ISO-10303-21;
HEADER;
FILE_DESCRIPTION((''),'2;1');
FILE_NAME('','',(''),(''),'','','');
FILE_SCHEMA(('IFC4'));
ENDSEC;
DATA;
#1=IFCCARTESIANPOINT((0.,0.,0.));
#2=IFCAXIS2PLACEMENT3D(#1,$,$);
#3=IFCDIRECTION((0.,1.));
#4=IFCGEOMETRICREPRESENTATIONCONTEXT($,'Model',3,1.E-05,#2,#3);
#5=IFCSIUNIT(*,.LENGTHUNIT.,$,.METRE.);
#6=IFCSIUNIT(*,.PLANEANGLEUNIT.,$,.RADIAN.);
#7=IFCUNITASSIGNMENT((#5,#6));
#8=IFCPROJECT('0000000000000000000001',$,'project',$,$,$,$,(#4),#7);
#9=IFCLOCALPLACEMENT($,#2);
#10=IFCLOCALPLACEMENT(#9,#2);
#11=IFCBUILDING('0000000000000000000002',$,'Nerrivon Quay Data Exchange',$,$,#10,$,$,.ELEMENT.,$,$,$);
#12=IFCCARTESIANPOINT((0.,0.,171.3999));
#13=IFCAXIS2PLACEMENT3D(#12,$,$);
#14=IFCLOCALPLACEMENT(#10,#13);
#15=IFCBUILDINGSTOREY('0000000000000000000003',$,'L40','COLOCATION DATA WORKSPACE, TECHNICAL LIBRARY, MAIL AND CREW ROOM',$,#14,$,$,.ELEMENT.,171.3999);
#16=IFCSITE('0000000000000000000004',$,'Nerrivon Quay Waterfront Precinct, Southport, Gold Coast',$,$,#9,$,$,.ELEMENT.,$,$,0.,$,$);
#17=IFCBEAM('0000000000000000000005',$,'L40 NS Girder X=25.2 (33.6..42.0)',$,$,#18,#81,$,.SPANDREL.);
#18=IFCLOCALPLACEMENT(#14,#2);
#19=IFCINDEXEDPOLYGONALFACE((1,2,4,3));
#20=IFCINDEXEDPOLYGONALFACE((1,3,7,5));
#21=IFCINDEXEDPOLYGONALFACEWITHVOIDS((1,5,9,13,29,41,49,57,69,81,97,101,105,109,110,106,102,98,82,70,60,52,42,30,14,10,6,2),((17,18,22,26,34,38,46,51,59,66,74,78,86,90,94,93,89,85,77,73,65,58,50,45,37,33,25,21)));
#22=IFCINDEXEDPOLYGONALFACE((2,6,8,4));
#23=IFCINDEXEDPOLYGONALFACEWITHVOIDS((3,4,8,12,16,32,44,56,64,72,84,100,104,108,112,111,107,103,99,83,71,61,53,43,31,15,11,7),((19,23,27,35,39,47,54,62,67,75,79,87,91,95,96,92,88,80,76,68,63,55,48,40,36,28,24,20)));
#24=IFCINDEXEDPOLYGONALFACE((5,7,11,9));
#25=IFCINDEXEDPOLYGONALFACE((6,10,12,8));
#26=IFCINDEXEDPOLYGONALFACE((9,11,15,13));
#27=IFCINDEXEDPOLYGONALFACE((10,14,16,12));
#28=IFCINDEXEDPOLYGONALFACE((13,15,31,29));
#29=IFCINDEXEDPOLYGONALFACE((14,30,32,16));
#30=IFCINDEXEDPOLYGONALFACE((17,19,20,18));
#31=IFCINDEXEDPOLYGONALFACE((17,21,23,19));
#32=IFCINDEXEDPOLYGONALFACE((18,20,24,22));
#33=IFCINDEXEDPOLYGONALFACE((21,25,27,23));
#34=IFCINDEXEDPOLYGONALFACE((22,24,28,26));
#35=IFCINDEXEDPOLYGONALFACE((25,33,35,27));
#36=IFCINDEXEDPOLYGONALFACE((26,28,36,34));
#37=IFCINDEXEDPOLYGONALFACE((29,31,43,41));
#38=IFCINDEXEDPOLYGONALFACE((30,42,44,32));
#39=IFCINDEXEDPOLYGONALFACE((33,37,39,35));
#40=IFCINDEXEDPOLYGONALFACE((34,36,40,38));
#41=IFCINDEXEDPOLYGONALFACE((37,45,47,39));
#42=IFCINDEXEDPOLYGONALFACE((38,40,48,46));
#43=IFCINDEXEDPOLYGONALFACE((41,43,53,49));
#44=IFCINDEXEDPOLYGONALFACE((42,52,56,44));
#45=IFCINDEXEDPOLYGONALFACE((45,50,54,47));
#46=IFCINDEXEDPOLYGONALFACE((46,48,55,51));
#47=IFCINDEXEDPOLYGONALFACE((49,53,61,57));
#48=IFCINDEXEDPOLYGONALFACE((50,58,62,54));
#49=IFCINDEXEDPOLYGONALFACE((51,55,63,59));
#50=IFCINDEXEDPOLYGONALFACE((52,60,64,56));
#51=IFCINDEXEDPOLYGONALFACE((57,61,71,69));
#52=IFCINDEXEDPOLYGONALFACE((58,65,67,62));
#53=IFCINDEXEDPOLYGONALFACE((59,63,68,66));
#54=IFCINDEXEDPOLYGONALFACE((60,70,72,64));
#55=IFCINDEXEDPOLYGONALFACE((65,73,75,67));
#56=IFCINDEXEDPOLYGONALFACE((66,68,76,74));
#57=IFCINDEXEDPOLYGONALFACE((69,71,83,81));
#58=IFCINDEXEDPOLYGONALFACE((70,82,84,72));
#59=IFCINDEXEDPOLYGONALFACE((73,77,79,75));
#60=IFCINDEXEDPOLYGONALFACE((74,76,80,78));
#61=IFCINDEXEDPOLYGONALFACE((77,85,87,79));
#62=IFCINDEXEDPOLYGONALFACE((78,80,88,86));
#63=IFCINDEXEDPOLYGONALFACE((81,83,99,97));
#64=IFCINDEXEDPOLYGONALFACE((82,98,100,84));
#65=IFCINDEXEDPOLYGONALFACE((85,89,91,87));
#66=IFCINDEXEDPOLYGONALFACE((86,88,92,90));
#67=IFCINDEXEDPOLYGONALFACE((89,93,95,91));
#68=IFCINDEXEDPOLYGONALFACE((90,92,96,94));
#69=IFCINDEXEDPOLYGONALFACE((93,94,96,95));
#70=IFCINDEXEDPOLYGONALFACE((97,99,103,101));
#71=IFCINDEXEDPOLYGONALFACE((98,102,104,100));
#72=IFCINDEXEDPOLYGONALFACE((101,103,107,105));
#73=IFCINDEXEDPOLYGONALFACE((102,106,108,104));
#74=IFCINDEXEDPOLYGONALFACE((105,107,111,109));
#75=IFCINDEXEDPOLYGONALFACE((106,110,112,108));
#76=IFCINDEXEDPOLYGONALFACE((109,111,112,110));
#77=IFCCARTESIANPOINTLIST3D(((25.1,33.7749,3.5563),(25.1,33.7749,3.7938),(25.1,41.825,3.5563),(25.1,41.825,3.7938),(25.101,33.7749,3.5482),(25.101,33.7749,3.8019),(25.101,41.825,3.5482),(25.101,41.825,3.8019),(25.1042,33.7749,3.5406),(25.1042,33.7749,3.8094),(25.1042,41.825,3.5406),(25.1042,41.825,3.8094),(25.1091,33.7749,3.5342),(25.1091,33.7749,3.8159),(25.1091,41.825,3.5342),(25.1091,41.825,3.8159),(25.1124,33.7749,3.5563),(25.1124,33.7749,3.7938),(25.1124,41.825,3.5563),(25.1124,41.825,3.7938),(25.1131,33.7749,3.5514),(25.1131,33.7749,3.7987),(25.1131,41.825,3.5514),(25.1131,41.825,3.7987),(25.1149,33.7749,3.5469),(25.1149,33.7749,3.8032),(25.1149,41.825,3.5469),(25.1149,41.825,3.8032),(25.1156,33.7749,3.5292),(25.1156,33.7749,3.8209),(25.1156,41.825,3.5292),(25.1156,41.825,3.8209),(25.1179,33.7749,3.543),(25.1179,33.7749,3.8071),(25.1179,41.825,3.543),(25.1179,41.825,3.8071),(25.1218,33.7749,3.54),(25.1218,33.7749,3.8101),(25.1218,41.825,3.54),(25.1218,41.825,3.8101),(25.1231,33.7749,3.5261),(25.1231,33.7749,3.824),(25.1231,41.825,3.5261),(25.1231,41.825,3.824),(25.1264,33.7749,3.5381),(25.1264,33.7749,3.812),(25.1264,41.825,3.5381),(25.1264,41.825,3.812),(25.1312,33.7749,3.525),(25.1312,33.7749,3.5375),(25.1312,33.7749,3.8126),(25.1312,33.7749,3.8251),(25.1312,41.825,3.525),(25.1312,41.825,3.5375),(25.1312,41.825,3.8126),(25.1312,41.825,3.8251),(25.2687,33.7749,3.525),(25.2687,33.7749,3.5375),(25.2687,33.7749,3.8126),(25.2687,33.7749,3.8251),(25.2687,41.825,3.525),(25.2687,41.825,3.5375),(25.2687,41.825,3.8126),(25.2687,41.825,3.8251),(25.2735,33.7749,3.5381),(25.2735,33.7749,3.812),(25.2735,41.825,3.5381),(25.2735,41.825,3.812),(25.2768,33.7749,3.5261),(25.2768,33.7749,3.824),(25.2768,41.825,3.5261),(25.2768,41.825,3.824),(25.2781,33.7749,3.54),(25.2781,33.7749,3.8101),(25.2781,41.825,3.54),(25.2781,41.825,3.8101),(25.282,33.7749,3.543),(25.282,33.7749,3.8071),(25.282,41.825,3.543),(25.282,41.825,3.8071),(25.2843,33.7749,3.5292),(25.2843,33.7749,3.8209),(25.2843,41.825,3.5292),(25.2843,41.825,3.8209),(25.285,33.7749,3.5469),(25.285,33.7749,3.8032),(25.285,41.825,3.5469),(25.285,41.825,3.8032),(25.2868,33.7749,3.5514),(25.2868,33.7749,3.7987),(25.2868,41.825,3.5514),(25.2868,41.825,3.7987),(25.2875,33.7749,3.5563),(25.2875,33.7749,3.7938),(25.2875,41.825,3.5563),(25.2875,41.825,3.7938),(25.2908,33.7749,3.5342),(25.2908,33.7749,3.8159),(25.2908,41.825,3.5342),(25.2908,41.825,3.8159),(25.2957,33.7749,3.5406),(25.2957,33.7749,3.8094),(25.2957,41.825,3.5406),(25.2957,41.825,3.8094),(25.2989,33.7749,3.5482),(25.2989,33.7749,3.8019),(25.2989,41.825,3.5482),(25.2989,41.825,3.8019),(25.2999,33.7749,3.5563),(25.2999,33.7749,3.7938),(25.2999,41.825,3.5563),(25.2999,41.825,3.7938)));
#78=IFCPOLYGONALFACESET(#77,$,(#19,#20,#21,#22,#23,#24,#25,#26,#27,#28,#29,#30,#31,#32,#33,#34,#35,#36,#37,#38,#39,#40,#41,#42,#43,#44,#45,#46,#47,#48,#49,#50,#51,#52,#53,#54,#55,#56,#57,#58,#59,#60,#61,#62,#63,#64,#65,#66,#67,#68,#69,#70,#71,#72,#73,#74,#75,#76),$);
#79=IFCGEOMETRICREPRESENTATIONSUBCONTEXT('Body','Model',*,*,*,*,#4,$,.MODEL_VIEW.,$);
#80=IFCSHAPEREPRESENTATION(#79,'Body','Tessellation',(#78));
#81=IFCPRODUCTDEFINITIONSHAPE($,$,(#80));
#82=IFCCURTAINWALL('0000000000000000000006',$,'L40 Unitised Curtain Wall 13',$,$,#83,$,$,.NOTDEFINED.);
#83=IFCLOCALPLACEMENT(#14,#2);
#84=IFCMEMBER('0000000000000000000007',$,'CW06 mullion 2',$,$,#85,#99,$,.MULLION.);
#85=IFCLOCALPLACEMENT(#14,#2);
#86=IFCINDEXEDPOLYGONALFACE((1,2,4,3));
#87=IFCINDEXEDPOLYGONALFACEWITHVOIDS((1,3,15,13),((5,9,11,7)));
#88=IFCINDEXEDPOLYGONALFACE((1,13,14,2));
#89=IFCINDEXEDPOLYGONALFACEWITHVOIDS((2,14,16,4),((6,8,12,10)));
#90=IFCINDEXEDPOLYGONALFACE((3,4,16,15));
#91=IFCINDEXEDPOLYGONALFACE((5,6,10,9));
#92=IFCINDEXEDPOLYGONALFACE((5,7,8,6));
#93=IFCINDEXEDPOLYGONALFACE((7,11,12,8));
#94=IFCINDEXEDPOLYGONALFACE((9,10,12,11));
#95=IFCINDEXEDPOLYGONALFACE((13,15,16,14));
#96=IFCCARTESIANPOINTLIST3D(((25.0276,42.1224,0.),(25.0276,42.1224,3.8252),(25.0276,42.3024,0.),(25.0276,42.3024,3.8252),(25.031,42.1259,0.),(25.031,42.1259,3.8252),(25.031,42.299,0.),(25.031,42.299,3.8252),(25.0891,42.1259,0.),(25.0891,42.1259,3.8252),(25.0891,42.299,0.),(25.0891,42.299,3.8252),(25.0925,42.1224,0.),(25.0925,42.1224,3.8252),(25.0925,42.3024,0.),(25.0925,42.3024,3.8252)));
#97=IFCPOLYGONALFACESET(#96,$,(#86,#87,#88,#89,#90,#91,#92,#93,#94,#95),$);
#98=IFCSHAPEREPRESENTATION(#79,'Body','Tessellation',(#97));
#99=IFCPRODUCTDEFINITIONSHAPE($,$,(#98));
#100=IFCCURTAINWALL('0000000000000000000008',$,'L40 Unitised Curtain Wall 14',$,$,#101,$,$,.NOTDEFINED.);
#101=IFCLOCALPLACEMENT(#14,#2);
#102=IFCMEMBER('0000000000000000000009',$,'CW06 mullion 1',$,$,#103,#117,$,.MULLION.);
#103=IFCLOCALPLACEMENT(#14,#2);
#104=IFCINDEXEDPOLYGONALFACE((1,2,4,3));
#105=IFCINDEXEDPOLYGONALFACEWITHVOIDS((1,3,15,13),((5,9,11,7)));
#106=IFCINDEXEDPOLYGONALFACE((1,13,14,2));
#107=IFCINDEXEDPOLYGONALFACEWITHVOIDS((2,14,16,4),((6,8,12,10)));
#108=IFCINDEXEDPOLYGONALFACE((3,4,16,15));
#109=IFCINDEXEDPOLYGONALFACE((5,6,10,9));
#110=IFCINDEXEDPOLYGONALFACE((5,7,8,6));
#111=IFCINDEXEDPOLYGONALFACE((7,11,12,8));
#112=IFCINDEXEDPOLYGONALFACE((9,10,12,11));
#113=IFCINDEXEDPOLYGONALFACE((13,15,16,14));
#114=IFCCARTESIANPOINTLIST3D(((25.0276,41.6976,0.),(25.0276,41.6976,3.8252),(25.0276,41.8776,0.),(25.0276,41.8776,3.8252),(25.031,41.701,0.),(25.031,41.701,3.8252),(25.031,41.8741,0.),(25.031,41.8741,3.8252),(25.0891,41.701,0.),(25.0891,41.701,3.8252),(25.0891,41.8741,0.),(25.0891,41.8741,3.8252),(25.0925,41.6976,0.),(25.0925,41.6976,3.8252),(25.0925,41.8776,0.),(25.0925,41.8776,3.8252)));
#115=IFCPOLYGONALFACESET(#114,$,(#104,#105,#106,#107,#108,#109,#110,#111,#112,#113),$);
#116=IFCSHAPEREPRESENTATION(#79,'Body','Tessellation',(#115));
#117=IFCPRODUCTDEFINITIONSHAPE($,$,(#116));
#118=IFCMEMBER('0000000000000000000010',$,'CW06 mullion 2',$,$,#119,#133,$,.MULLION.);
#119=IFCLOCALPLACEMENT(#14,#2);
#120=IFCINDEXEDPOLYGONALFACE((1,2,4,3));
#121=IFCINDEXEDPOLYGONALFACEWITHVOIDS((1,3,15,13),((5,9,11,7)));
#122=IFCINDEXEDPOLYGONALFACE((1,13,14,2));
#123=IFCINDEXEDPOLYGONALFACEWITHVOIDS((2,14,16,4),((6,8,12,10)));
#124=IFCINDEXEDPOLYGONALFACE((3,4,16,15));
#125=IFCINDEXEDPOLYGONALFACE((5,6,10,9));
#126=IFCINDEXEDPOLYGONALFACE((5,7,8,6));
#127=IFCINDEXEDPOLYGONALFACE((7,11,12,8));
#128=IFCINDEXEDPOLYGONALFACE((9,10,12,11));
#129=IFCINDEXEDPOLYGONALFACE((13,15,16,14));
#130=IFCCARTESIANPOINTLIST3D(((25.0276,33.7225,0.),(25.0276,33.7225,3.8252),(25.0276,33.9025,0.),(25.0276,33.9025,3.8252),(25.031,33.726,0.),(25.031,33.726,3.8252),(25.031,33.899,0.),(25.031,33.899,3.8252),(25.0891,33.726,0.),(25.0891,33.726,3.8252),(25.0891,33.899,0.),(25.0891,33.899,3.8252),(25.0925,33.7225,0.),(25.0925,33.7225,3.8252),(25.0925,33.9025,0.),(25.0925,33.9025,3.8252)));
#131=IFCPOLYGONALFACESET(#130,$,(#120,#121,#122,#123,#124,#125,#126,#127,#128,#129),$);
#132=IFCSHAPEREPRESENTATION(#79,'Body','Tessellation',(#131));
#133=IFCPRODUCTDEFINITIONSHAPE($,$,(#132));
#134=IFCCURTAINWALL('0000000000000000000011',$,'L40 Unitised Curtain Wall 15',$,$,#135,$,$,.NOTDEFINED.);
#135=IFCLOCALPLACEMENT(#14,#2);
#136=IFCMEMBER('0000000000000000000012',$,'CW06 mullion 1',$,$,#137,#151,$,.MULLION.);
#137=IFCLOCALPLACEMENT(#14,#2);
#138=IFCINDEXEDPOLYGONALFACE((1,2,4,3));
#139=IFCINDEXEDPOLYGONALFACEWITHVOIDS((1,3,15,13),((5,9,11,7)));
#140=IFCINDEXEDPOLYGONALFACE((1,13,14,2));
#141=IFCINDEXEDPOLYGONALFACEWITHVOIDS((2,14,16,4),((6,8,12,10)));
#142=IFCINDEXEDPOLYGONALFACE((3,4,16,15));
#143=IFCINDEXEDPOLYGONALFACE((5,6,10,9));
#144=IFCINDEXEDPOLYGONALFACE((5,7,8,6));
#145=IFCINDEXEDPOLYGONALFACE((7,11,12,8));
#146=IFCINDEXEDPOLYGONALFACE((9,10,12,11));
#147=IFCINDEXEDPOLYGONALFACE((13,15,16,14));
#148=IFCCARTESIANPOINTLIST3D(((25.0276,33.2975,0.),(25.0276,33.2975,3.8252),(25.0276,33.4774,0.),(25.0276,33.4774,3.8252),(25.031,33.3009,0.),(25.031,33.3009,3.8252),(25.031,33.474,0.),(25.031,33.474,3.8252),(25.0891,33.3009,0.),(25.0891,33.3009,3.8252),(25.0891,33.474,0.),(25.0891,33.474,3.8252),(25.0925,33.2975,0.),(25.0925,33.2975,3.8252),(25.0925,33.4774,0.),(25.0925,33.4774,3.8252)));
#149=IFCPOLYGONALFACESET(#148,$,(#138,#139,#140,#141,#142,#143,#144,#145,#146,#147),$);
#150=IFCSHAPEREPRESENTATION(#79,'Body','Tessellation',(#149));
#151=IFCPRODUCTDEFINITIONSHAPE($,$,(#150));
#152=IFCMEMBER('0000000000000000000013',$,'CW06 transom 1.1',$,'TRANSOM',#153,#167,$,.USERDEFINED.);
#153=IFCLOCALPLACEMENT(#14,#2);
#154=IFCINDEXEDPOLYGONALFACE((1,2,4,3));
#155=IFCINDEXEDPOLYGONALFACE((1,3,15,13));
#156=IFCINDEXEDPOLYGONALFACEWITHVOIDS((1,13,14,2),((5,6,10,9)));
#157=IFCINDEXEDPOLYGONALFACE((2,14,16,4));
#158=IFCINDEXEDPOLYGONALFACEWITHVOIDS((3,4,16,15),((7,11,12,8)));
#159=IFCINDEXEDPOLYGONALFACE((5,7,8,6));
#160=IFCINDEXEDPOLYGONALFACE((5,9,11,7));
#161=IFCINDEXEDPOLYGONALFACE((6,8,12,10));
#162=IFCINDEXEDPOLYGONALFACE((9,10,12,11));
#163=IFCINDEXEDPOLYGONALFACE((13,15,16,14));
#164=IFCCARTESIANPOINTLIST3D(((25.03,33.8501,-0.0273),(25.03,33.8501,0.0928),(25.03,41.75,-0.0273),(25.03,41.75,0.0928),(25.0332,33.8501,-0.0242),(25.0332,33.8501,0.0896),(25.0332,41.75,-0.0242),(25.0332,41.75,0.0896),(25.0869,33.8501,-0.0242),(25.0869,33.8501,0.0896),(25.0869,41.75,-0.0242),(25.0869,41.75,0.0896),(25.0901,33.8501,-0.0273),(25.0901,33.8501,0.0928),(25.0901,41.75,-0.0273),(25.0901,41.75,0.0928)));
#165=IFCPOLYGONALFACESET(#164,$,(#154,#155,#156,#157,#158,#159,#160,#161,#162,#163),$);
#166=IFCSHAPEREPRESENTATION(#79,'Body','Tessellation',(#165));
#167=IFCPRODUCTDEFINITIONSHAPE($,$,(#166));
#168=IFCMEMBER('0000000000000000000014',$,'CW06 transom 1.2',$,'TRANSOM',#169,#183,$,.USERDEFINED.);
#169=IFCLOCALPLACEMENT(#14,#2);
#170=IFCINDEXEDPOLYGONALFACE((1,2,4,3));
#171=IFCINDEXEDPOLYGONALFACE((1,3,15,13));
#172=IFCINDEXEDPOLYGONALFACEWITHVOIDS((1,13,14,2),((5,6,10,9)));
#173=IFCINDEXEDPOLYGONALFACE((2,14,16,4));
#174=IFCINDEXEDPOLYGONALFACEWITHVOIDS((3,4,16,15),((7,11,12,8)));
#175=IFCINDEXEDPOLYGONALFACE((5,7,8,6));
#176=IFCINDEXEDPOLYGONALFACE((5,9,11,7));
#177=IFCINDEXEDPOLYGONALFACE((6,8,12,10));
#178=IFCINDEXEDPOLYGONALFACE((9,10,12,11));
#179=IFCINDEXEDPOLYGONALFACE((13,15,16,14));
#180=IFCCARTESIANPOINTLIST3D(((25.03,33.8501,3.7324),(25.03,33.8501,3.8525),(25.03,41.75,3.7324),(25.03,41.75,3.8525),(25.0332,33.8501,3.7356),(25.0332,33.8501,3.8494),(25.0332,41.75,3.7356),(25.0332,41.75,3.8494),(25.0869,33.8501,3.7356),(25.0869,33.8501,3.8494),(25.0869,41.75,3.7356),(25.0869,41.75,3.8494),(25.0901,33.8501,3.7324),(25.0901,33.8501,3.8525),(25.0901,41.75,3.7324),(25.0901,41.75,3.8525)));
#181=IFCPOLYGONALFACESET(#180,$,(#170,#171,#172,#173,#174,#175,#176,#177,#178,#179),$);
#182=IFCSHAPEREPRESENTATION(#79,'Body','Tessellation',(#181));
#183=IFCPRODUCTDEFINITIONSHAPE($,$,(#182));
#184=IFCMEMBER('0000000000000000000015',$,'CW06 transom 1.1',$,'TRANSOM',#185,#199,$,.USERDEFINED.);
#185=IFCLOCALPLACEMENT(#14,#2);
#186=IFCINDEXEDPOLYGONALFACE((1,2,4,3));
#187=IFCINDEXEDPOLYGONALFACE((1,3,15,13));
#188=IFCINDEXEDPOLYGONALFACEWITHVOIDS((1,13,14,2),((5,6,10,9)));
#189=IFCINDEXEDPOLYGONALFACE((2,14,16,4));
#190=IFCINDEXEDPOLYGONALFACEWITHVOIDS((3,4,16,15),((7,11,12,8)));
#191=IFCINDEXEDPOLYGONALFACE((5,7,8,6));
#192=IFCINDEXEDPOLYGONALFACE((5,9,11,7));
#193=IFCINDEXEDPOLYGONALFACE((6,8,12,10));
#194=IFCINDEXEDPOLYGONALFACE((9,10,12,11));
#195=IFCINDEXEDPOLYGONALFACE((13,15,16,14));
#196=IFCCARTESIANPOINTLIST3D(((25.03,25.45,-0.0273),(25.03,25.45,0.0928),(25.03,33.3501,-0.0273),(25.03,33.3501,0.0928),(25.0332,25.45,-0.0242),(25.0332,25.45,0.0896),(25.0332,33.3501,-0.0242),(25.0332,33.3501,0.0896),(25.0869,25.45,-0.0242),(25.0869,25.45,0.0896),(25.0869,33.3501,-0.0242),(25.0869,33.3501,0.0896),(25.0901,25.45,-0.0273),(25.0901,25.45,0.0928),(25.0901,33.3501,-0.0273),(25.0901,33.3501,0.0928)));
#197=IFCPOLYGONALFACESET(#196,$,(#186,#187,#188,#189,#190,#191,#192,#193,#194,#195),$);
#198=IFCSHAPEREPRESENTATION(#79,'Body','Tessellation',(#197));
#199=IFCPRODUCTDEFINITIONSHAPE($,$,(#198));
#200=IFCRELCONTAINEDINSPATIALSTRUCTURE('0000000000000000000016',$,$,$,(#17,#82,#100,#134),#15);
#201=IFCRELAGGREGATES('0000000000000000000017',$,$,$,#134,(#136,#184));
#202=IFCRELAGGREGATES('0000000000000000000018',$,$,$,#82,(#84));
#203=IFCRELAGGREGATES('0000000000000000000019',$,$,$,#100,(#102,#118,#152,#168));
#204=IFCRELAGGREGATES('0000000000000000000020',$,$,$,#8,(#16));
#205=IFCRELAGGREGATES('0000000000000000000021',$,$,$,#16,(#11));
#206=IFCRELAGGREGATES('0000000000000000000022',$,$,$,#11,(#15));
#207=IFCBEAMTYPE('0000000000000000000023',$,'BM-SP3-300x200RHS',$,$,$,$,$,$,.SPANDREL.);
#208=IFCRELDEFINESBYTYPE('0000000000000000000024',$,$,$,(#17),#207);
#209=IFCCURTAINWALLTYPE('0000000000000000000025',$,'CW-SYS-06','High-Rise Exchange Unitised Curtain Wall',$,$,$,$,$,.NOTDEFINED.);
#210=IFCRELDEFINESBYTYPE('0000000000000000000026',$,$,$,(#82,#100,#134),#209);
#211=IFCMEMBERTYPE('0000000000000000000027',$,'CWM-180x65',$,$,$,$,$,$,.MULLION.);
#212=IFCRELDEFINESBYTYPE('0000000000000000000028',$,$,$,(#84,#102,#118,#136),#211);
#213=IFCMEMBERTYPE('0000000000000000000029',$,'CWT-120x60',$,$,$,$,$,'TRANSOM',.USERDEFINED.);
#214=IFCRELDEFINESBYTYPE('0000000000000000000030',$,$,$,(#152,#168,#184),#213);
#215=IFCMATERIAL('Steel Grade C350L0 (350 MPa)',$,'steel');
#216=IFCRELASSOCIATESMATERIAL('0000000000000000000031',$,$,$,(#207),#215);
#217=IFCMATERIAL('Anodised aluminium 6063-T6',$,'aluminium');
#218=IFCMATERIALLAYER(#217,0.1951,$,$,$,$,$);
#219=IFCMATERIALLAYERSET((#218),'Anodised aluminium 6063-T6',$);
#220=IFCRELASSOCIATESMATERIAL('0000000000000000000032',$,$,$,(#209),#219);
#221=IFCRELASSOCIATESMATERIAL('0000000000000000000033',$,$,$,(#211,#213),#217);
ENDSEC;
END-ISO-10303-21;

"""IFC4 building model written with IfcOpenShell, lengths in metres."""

from ifc_helpers import new_model, si_unit, direction, frame, origin, origin_2d, place, context, subcontext, project, spatial, hollow_rectangle, extrude, material, layer, layer_set, material_profile, profile_set, type_object, element, aggregate, save


model = new_model("IFC4")

# Units and contexts
model_context = context("Model", 3, precision=1e-05, world=origin(), true_north=direction((0.0, 1.0)))
body_context = subcontext(model_context, "Body", "Model", "MODEL_VIEW")
ifc_project = project(units=[si_unit("LENGTHUNIT", "METRE"), si_unit("PLANEANGLEUNIT", "RADIAN")], contexts=[model_context])

# Site, building, storey
site_placement = place(None, origin())
site = spatial("IfcSite", under=ifc_project, at=site_placement, Name="Nerrivon Quay Waterfront Precinct, Southport, Gold Coast", CompositionType="ELEMENT", RefElevation=0.0)
building_placement = place(site_placement, origin())
building = spatial("IfcBuilding", under=site, at=building_placement, Name="Nerrivon Quay Data Exchange", CompositionType="ELEMENT")
storey_placement = place(building_placement, frame((0.0, 0.0, 171.3999)))
storey = spatial("IfcBuildingStorey", under=building, at=storey_placement, Name="L40", Description="COLOCATION DATA WORKSPACE, TECHNICAL LIBRARY, MAIL AND CREW ROOM", CompositionType="ELEMENT", Elevation=171.3999)

# Beam
ifc_material_1 = material(Name="Steel Grade C350L0 (350 MPa)", Category="steel")
ifc_material_profile_1 = material_profile(ifc_material_1, hollow_rectangle(XDim=0.2, YDim=0.3, WallThickness=0.0125, InnerFilletRadius=0.0188, OuterFilletRadius=0.0312, at=origin_2d()), Name="300x200x12.5RHS")
ifc_profile_set_1 = profile_set([ifc_material_profile_1], Name="Steel Grade C350L0 (350 MPa)")
beam_type_1 = type_object("IfcBeamType", Name="BM-SP3-300x200RHS", PredefinedType="SPANDREL", material=ifc_profile_set_1)
beam_1_placement = place(storey_placement, frame((25.2, 33.7749, 3.675), z_axis=(0.0, 1.0, 0.0), x_axis=(-1.0, 0.0, 0.0)))
element("IfcBeam", 1, at=beam_1_placement, inside=storey, type_object=beam_type_1, Name="L40 NS Girder X=25.2 (33.6..42.0)", PredefinedType="SPANDREL", context=body_context, shape_type="SweptSolid", body=[
    extrude(hollow_rectangle(XDim=0.2, YDim=0.3, WallThickness=0.0125, InnerFilletRadius=0.0188, OuterFilletRadius=0.0312, at=origin_2d()), origin(), (0.0, 0.0, 1.0), 8.05),
])

# Curtain wall, member
ifc_material_2 = material(Name="Anodised aluminium 6063-T6", Category="aluminium")
ifc_layer_1 = layer(ifc_material_2, 0.1951)
ifc_layer_set_1 = layer_set([ifc_layer_1], Name="Anodised aluminium 6063-T6")
curtain_wall_type = type_object("IfcCurtainWallType", Name="CW-SYS-06", Description="High-Rise Exchange Unitised Curtain Wall", PredefinedType="NOTDEFINED", material=ifc_layer_set_1)
curtain_wall_1_placement = place(storey_placement, origin())
curtain_wall_1 = element("IfcCurtainWall", 2, at=curtain_wall_1_placement, inside=storey, type_object=curtain_wall_type, Name="L40 Unitised Curtain Wall 13", PredefinedType="NOTDEFINED")
ifc_material_profile_2 = material_profile(ifc_material_2, hollow_rectangle(XDim=0.0649, YDim=0.1799, WallThickness=0.0034, at=origin_2d()), Name="ALU-MULL-180x65")
ifc_profile_set_2 = profile_set([ifc_material_profile_2], Name="Anodised aluminium 6063-T6")
member_type_1 = type_object("IfcMemberType", Name="CWM-180x65", PredefinedType="MULLION", material=ifc_profile_set_2)
member_1_placement = place(storey_placement, frame((25.0601, 42.2124, 0.0), z_axis=(0.0, 0.0, 1.0), x_axis=(1.0, 0.0, 0.0)))
member_1 = element("IfcMember", 3, at=member_1_placement, type_object=member_type_1, Name="CW06 mullion 2", PredefinedType="MULLION", context=body_context, shape_type="SweptSolid", body=[
    extrude(hollow_rectangle(XDim=0.0649, YDim=0.1799, WallThickness=0.0034, at=origin_2d()), origin(), (0.0, 0.0, 1.0), 3.8252),
])

# Curtain wall, members
curtain_wall_2_placement = place(storey_placement, origin())
curtain_wall_2 = element("IfcCurtainWall", 4, at=curtain_wall_2_placement, inside=storey, type_object=curtain_wall_type, Name="L40 Unitised Curtain Wall 14", PredefinedType="NOTDEFINED")
member_2_placement = place(storey_placement, frame((25.0601, 41.7876, 0.0), z_axis=(0.0, 0.0, 1.0), x_axis=(1.0, 0.0, 0.0)))
member_2 = element("IfcMember", 5, at=member_2_placement, type_object=member_type_1, Name="CW06 mullion 1", PredefinedType="MULLION", context=body_context, shape_type="SweptSolid", body=[
    extrude(hollow_rectangle(XDim=0.0649, YDim=0.1799, WallThickness=0.0034, at=origin_2d()), origin(), (0.0, 0.0, 1.0), 3.8252),
])
member_3_placement = place(storey_placement, frame((25.0601, 33.8125, 0.0), z_axis=(0.0, 0.0, 1.0), x_axis=(1.0, 0.0, 0.0)))
member_3 = element("IfcMember", 6, at=member_3_placement, type_object=member_type_1, Name="CW06 mullion 2", PredefinedType="MULLION", context=body_context, shape_type="SweptSolid", body=[
    extrude(hollow_rectangle(XDim=0.0649, YDim=0.1799, WallThickness=0.0034, at=origin_2d()), origin(), (0.0, 0.0, 1.0), 3.8252),
])

# Curtain wall, member
curtain_wall_3_placement = place(storey_placement, origin())
curtain_wall_3 = element("IfcCurtainWall", 7, at=curtain_wall_3_placement, inside=storey, type_object=curtain_wall_type, Name="L40 Unitised Curtain Wall 15", PredefinedType="NOTDEFINED")
member_4_placement = place(storey_placement, frame((25.0601, 33.3875, 0.0), z_axis=(0.0, 0.0, 1.0), x_axis=(1.0, 0.0, 0.0)))
member_4 = element("IfcMember", 8, at=member_4_placement, type_object=member_type_1, Name="CW06 mullion 1", PredefinedType="MULLION", context=body_context, shape_type="SweptSolid", body=[
    extrude(hollow_rectangle(XDim=0.0649, YDim=0.1799, WallThickness=0.0034, at=origin_2d()), origin(), (0.0, 0.0, 1.0), 3.8252),
])

# Members
ifc_material_profile_3 = material_profile(ifc_material_2, hollow_rectangle(XDim=0.0601, YDim=0.1201, WallThickness=0.0032, at=origin_2d()), Name="ALU-TRAN-120x60")
ifc_profile_set_3 = profile_set([ifc_material_profile_3], Name="Anodised aluminium 6063-T6")
member_type_2 = type_object("IfcMemberType", Name="CWT-120x60", ElementType="TRANSOM", PredefinedType="USERDEFINED", material=ifc_profile_set_3)
member_5_placement = place(storey_placement, frame((25.0601, 41.75, 0.0327), z_axis=(0.0, -1.0, 0.0), x_axis=(1.0, 0.0, 0.0)))
member_5 = element("IfcMember", 9, at=member_5_placement, type_object=member_type_2, Name="CW06 transom 1.1", ObjectType="TRANSOM", PredefinedType="USERDEFINED", context=body_context, shape_type="SweptSolid", body=[
    extrude(hollow_rectangle(XDim=0.0601, YDim=0.1201, WallThickness=0.0032, at=origin_2d()), origin(), (0.0, 0.0, 1.0), 7.8999),
])
member_6_placement = place(storey_placement, frame((25.0601, 41.75, 3.7925), z_axis=(0.0, -1.0, 0.0), x_axis=(1.0, 0.0, 0.0)))
member_6 = element("IfcMember", 10, at=member_6_placement, type_object=member_type_2, Name="CW06 transom 1.2", ObjectType="TRANSOM", PredefinedType="USERDEFINED", context=body_context, shape_type="SweptSolid", body=[
    extrude(hollow_rectangle(XDim=0.0601, YDim=0.1201, WallThickness=0.0032, at=origin_2d()), origin(), (0.0, 0.0, 1.0), 7.8999),
])
member_7_placement = place(storey_placement, frame((25.0601, 33.3501, 0.0327), z_axis=(0.0, -1.0, 0.0), x_axis=(1.0, 0.0, 0.0)))
member_7 = element("IfcMember", 11, at=member_7_placement, type_object=member_type_2, Name="CW06 transom 1.1", ObjectType="TRANSOM", PredefinedType="USERDEFINED", context=body_context, shape_type="SweptSolid", body=[
    extrude(hollow_rectangle(XDim=0.0601, YDim=0.1201, WallThickness=0.0032, at=origin_2d()), origin(), (0.0, 0.0, 1.0), 7.9001),
])
aggregate(curtain_wall_3, [member_4, member_7])

aggregate(curtain_wall_1, [member_1])
aggregate(curtain_wall_2, [member_2, member_3, member_5, member_6])

save(model, "model.ifc")
